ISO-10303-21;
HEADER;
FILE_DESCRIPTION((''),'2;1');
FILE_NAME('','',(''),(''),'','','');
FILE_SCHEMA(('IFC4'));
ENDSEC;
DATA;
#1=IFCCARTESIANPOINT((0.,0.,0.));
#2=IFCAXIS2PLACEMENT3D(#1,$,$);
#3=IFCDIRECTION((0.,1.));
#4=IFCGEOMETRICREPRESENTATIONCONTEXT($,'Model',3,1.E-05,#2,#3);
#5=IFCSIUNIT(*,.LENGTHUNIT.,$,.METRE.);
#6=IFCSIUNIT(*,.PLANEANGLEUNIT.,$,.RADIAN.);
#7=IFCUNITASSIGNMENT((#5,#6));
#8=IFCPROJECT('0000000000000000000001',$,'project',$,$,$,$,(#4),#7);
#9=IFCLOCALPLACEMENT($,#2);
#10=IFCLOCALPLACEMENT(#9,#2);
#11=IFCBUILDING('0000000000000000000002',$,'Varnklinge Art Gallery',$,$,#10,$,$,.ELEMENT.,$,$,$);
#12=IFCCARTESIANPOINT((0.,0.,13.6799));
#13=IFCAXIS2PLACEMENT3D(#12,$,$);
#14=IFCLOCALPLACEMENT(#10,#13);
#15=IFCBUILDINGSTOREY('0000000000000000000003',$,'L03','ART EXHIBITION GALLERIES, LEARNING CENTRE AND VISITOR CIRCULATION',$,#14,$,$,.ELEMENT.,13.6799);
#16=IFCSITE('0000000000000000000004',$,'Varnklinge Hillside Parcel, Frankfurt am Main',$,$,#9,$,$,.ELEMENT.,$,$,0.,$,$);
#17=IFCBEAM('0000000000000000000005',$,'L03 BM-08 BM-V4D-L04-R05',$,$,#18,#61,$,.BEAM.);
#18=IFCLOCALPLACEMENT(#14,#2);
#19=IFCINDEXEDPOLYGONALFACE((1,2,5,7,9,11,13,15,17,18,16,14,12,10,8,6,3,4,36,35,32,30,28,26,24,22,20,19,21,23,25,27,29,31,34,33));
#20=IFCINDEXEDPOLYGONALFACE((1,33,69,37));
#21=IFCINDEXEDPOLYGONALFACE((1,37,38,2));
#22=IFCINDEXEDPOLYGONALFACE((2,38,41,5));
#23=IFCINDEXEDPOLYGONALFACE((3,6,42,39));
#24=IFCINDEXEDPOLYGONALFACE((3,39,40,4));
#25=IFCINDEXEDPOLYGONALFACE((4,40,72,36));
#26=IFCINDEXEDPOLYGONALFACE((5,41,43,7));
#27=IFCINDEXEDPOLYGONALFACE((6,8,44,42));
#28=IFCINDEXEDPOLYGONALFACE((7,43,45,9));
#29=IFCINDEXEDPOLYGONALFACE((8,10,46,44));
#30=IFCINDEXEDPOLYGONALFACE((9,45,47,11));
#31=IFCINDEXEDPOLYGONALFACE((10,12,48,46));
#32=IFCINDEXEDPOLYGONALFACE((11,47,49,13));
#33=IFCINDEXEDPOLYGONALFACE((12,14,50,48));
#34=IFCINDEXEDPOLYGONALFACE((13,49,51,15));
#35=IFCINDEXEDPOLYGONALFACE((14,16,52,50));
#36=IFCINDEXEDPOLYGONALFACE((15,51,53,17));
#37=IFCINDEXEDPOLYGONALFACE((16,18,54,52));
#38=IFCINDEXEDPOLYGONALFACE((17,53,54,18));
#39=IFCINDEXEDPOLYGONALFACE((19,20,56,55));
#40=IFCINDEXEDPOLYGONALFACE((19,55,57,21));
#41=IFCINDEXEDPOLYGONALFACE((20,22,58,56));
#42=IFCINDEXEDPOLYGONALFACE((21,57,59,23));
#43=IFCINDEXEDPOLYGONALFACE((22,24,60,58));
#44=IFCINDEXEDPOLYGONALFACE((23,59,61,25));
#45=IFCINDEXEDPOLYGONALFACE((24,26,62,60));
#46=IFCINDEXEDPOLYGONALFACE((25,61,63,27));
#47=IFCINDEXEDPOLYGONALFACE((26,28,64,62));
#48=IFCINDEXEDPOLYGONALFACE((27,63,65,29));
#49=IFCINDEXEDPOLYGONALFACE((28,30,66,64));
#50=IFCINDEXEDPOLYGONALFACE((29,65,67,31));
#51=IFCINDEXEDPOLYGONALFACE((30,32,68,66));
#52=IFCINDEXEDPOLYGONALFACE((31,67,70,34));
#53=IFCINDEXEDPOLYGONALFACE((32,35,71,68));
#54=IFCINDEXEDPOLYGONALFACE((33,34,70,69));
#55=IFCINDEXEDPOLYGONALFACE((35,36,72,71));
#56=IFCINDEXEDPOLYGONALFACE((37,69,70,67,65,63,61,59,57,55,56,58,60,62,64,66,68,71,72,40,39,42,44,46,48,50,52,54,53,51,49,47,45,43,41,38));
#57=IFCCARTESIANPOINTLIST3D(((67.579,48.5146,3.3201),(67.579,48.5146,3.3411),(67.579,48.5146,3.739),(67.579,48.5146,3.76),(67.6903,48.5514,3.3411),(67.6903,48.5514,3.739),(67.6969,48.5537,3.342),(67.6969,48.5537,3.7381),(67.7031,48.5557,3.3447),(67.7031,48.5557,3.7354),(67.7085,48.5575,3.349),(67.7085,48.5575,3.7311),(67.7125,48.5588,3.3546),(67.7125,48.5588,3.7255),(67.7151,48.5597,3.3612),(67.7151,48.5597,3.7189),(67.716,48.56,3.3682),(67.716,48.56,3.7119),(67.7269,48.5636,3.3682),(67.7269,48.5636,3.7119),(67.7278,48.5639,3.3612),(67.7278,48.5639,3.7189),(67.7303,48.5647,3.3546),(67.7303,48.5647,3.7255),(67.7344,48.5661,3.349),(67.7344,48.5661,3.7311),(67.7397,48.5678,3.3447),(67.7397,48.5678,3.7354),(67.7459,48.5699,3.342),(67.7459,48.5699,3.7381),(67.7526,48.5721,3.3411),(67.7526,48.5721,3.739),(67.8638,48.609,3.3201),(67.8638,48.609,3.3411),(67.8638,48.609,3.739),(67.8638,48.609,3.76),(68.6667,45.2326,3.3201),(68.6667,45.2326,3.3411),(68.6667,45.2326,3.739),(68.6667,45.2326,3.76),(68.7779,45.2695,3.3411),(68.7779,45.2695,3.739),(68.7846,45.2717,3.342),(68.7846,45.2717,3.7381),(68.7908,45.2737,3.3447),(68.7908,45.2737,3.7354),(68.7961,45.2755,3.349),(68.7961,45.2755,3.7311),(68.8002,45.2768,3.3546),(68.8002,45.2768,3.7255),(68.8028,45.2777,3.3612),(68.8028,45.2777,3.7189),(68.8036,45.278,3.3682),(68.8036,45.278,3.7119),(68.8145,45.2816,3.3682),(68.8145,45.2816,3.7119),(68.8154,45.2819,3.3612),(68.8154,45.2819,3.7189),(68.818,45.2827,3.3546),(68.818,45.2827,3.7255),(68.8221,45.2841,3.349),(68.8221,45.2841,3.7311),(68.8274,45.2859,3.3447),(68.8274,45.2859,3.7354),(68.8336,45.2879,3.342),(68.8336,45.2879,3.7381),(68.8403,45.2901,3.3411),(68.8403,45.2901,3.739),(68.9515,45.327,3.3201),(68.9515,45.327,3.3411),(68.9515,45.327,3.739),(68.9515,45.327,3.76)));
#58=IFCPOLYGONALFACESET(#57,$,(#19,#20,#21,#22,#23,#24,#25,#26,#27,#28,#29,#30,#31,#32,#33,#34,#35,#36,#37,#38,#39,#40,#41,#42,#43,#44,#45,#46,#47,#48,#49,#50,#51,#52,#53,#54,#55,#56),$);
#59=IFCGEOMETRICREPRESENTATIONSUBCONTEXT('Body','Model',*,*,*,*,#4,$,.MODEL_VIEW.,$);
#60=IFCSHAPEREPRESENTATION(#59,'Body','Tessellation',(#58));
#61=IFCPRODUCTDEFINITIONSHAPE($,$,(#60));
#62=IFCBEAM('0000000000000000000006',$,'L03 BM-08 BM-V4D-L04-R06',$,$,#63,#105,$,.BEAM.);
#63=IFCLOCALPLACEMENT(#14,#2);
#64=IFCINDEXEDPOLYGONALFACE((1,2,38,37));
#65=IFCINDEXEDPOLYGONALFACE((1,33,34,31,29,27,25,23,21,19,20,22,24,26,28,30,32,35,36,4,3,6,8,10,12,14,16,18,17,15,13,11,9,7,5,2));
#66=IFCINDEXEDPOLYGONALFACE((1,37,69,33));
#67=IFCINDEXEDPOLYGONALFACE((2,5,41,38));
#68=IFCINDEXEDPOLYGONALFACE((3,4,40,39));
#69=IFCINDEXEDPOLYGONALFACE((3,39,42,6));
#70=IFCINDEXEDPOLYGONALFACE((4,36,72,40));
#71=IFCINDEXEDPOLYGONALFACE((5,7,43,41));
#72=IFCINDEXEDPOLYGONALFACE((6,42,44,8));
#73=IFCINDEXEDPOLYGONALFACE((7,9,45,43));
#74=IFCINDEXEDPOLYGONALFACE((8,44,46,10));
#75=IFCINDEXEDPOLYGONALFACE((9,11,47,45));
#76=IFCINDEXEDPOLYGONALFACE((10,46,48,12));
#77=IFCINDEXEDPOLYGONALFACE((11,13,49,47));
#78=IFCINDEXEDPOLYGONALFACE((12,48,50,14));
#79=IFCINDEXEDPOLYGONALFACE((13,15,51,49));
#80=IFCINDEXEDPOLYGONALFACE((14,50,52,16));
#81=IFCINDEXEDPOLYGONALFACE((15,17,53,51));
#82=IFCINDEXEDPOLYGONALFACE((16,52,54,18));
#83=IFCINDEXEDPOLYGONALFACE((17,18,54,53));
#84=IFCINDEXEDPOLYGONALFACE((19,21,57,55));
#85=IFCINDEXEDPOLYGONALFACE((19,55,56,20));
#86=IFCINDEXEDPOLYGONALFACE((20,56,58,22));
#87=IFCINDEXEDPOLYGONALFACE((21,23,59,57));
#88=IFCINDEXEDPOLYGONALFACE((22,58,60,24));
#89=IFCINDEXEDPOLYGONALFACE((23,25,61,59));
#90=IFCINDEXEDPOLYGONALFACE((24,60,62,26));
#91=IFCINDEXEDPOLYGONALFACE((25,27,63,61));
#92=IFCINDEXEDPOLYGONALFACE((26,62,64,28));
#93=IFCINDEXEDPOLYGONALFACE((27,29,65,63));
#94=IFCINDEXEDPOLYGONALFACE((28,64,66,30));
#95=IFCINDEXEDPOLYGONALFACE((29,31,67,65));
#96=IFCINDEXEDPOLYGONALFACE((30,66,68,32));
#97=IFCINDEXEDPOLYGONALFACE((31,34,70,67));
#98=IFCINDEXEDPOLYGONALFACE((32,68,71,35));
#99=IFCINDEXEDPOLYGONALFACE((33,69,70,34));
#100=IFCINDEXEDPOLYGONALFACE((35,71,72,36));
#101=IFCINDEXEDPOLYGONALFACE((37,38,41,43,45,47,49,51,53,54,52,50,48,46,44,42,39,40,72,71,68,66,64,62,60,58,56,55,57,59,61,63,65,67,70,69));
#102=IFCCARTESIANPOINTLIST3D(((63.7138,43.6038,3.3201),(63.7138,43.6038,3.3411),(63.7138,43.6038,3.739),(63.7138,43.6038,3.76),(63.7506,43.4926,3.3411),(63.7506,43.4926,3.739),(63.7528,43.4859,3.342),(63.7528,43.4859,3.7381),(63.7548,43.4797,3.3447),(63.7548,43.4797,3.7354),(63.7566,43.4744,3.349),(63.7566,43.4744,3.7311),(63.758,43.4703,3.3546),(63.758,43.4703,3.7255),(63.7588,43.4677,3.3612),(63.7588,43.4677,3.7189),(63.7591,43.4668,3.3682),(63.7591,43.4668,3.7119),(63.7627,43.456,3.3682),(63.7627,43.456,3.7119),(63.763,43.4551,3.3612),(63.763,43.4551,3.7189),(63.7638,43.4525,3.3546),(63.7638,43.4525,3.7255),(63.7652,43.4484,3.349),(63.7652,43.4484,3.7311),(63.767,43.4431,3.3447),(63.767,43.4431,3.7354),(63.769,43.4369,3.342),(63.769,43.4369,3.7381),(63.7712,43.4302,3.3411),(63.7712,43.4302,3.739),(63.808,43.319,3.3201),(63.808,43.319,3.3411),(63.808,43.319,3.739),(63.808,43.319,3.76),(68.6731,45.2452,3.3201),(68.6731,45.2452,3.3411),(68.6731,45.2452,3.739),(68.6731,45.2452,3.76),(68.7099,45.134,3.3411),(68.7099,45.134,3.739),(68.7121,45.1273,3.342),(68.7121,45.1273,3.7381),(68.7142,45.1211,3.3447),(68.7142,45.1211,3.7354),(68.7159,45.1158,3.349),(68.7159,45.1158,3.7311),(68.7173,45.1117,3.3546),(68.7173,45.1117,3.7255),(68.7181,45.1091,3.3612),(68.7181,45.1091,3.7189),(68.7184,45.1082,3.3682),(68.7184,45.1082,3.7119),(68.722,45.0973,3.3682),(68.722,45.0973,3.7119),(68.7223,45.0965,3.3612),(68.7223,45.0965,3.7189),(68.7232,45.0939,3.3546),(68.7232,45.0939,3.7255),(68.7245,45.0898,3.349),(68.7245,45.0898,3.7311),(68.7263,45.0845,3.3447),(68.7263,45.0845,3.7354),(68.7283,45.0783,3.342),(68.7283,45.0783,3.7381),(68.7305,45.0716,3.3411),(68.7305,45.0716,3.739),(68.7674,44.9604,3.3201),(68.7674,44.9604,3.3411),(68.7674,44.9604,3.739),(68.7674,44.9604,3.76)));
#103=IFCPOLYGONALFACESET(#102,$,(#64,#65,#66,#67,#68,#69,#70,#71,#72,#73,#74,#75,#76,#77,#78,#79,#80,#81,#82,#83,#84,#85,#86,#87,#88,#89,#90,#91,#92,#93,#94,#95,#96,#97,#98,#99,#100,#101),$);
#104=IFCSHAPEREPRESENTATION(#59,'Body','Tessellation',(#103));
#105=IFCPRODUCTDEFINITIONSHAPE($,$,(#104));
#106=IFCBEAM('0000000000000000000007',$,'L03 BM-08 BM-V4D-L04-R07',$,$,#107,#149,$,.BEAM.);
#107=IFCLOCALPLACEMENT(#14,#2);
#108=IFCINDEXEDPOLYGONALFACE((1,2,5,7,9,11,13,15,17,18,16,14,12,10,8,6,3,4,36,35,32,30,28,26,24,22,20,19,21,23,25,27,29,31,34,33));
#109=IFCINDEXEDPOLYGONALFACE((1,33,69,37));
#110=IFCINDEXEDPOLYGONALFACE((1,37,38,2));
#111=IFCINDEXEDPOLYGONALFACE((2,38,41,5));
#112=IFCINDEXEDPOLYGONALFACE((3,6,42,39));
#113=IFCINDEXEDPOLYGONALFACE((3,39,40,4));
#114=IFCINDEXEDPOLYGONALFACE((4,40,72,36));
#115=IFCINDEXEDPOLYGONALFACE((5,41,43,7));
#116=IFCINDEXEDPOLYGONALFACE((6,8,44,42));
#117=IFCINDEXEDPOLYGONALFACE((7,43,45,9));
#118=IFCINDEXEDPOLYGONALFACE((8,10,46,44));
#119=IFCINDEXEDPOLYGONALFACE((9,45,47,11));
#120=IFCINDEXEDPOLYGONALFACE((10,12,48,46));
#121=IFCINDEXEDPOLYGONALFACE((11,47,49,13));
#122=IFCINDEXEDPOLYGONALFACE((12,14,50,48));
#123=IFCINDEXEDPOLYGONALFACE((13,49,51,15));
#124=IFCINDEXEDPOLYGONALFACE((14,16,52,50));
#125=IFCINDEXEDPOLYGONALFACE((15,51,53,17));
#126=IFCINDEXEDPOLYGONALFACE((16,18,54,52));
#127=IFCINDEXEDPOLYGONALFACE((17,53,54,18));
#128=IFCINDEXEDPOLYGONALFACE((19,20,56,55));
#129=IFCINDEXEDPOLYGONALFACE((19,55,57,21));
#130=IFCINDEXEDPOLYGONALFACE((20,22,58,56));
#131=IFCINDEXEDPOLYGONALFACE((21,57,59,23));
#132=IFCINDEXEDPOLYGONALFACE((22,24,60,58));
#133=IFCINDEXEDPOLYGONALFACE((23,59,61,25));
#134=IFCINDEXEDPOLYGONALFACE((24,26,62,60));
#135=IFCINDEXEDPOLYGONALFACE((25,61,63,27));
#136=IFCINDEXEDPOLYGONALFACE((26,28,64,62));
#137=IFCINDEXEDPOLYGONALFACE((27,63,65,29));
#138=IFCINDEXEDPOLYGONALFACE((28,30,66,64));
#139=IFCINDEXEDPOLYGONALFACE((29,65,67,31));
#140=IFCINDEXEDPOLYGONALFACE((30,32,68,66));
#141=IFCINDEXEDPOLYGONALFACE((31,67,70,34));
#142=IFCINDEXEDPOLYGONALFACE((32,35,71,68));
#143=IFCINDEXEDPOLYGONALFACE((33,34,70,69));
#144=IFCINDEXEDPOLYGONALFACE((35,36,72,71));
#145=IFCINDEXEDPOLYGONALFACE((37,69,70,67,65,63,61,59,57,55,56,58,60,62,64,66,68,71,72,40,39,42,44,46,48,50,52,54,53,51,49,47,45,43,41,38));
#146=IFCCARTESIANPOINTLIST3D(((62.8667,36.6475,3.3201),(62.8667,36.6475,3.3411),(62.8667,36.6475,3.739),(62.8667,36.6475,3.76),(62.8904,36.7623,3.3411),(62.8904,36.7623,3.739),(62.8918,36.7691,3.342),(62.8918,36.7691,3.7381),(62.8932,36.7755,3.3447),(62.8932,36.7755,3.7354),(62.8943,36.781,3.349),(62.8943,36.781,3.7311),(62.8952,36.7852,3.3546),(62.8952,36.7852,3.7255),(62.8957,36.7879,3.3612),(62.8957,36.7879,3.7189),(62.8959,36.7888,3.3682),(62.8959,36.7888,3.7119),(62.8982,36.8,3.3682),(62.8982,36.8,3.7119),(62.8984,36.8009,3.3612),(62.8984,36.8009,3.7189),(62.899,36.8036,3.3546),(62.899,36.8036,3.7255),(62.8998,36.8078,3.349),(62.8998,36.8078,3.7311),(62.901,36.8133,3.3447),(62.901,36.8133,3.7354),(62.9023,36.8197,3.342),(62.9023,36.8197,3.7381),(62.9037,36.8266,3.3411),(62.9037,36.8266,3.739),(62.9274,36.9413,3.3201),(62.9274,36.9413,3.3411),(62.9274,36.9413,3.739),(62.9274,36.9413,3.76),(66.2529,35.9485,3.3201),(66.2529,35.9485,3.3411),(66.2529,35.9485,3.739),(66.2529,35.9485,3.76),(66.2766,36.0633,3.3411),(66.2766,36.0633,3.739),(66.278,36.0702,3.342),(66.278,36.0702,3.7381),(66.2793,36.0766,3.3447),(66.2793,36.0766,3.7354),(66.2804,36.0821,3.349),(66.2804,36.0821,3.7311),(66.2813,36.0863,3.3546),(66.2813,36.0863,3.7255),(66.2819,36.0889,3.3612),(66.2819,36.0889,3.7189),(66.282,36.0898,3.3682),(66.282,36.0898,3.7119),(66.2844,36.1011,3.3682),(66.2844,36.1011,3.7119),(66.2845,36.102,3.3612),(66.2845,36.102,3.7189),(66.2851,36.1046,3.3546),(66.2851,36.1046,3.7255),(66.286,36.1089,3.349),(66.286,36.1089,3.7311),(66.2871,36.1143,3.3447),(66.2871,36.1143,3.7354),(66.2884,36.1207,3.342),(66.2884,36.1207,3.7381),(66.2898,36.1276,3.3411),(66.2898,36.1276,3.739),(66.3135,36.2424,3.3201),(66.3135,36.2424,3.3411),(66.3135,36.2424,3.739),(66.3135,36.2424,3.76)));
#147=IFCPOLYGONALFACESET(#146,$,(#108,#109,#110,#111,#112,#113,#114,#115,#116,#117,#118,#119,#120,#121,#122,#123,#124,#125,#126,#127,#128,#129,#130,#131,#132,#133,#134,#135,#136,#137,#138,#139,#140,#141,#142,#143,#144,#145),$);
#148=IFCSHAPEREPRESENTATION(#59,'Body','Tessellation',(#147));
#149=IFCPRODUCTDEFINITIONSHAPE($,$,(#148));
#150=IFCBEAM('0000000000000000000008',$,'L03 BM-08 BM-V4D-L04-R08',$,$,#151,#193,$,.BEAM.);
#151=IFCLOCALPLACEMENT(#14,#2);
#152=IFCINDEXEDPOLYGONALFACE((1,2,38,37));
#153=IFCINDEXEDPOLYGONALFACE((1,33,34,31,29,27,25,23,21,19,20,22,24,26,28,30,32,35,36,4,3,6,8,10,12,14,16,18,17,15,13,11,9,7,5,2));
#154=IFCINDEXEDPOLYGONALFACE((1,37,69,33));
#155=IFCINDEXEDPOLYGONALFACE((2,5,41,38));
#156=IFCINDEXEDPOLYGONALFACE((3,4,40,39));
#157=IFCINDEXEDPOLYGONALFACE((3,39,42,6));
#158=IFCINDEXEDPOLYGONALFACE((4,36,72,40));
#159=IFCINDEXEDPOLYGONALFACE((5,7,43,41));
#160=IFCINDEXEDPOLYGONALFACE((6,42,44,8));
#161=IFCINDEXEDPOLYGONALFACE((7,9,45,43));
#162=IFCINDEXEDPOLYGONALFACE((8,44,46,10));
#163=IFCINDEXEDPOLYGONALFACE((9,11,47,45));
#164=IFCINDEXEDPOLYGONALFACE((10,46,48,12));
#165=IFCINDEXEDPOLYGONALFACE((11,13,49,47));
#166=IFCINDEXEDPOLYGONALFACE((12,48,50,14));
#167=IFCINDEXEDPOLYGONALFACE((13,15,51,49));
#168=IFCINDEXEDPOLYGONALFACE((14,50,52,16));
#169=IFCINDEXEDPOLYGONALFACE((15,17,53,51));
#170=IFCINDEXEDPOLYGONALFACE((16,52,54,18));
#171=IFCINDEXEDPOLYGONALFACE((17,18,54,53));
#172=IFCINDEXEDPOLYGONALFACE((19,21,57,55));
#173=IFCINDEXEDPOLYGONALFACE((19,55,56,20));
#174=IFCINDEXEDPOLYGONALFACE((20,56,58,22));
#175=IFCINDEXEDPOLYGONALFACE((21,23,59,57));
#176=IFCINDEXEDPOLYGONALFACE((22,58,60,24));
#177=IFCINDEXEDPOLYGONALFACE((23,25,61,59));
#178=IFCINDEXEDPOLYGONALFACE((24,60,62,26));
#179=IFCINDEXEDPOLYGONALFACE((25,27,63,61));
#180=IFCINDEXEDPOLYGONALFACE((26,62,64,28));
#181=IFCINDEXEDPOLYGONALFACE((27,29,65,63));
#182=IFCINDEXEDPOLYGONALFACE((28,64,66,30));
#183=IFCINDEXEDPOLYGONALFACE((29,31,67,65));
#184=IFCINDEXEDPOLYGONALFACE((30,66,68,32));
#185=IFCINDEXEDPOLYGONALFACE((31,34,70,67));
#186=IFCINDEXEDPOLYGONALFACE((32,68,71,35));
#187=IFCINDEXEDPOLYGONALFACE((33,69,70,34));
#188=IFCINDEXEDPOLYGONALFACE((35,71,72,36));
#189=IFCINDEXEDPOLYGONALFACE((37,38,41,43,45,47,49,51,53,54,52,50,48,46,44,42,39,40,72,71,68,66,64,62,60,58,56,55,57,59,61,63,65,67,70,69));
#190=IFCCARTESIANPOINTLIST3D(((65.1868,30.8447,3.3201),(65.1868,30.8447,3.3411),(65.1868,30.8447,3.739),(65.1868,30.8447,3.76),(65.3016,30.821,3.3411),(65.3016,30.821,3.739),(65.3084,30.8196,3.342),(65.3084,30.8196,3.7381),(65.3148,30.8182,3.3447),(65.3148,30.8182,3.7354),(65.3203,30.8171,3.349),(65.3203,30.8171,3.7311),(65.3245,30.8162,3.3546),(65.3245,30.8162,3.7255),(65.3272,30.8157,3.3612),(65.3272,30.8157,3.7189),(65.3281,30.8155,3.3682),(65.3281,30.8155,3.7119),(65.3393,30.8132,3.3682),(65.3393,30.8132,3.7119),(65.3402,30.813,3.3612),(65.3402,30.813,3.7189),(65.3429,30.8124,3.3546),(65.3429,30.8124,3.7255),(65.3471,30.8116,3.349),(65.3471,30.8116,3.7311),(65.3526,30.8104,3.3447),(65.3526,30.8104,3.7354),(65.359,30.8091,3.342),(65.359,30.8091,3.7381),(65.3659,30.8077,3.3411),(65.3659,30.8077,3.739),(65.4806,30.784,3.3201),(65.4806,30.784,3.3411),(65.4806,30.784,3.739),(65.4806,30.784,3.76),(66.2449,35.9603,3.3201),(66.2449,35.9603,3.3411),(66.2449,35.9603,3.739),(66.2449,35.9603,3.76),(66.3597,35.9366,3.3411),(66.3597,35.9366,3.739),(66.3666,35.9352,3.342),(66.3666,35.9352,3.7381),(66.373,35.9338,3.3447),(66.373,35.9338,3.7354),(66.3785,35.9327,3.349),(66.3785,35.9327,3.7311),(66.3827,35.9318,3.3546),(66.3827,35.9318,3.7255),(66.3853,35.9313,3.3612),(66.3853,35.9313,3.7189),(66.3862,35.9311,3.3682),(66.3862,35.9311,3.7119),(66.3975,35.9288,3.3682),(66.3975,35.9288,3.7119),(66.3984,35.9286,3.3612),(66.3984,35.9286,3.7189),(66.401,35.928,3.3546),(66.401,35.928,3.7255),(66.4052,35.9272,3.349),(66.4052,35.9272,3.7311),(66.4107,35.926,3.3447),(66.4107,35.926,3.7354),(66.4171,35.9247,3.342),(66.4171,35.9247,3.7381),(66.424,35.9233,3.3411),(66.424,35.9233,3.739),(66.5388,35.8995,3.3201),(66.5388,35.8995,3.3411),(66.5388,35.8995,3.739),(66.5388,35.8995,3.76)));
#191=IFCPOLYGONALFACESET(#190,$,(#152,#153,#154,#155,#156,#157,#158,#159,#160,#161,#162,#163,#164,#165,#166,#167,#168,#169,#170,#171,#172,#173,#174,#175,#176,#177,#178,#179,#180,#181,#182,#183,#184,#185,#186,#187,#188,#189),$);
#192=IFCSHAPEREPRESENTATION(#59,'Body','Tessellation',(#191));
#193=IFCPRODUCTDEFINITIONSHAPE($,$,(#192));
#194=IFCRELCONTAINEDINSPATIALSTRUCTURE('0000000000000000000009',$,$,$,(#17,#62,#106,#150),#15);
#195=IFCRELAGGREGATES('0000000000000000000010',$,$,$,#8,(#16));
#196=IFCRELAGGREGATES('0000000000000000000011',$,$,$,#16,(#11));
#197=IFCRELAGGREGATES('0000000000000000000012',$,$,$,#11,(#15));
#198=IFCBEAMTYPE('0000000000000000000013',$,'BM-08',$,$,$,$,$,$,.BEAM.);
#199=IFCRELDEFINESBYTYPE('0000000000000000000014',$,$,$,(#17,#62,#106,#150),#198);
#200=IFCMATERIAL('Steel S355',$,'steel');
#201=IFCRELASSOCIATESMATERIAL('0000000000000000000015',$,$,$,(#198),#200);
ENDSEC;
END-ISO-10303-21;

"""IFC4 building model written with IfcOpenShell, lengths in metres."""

from ifc_helpers import new_model, si_unit, direction, frame, origin, origin_2d, place, context, subcontext, project, spatial, i_section, extrude, material, material_profile, profile_set, type_object, element, save


model = new_model("IFC4")

# Units and contexts
model_context = context("Model", 3, precision=1e-05, world=origin(), true_north=direction((0.0, 1.0)))
body_context = subcontext(model_context, "Body", "Model", "MODEL_VIEW")
ifc_project = project(units=[si_unit("LENGTHUNIT", "METRE"), si_unit("PLANEANGLEUNIT", "RADIAN")], contexts=[model_context])

# Site, building, storey
site_placement = place(None, origin())
site = spatial("IfcSite", under=ifc_project, at=site_placement, Name="Varnklinge Hillside Parcel, Frankfurt am Main", CompositionType="ELEMENT", RefElevation=0.0)
building_placement = place(site_placement, origin())
building = spatial("IfcBuilding", under=site, at=building_placement, Name="Varnklinge Art Gallery", CompositionType="ELEMENT")
storey_placement = place(building_placement, frame((0.0, 0.0, 13.6799)))
storey = spatial("IfcBuildingStorey", under=building, at=storey_placement, Name="L03", Description="ART EXHIBITION GALLERIES, LEARNING CENTRE AND VISITOR CIRCULATION", CompositionType="ELEMENT", Elevation=13.6799)

# Beams
ifc_material_1 = material(Name="Steel S355", Category="steel")
ifc_material_profile_1 = material_profile(ifc_material_1, i_section(OverallWidth=0.3, OverallDepth=0.4399, WebThickness=0.0115, FlangeThickness=0.021, FilletRadius=0.0271, at=origin_2d()), Name="HEA 450")
ifc_profile_set_1 = profile_set([ifc_material_profile_1], Name="Steel S355")
beam_type_1 = type_object("IfcBeamType", Name="BM-08", PredefinedType="BEAM", material=ifc_profile_set_1)
beam_1_placement = place(storey_placement, frame((68.8091, 45.2798, 3.54), z_axis=(-0.314575, 0.949233, 0.0), x_axis=(-0.949233, -0.314575, 0.0)))
element("IfcBeam", 1, at=beam_1_placement, inside=storey, type_object=beam_type_1, Name="L03 BM-08 BM-V4D-L04-R05", PredefinedType="BEAM", context=body_context, shape_type="SweptSolid", body=[
    extrude(i_section(OverallWidth=0.3, OverallDepth=0.4399, WebThickness=0.0115, FlangeThickness=0.021, FilletRadius=0.0271, at=origin_2d()), origin(), (0.0, 0.0, 1.0), 3.4575),
])
beam_2_placement = place(storey_placement, frame((68.7202, 45.1028, 3.54), z_axis=(-0.949354, -0.314208, 0.0), x_axis=(0.314208, -0.949354, 0.0)))
element("IfcBeam", 2, at=beam_2_placement, inside=storey, type_object=beam_type_1, Name="L03 BM-08 BM-V4D-L04-R06", PredefinedType="BEAM", context=body_context, shape_type="SweptSolid", body=[
    extrude(i_section(OverallWidth=0.3, OverallDepth=0.4399, WebThickness=0.0115, FlangeThickness=0.021, FilletRadius=0.0271, at=origin_2d()), origin(), (0.0, 0.0, 1.0), 5.2239),
])
beam_3_placement = place(storey_placement, frame((66.2832, 36.0955, 3.54), z_axis=(-0.979354, 0.202155, 0.0), x_axis=(-0.202155, -0.979354, 0.0)))
element("IfcBeam", 3, at=beam_3_placement, inside=storey, type_object=beam_type_1, Name="L03 BM-08 BM-V4D-L04-R07", PredefinedType="BEAM", context=body_context, shape_type="SweptSolid", body=[
    extrude(i_section(OverallWidth=0.3, OverallDepth=0.4399, WebThickness=0.0115, FlangeThickness=0.021, FilletRadius=0.0271, at=origin_2d()), origin(), (0.0, 0.0, 1.0), 3.4575),
])
beam_4_placement = place(storey_placement, frame((66.3918, 35.9299, 3.54), z_axis=(-0.202556, -0.979271, 0.0), x_axis=(0.979271, -0.202556, 0.0)))
element("IfcBeam", 4, at=beam_4_placement, inside=storey, type_object=beam_type_1, Name="L03 BM-08 BM-V4D-L04-R08", PredefinedType="BEAM", context=body_context, shape_type="SweptSolid", body=[
    extrude(i_section(OverallWidth=0.3, OverallDepth=0.4399, WebThickness=0.0115, FlangeThickness=0.021, FilletRadius=0.0271, at=origin_2d()), origin(), (0.0, 0.0, 1.0), 5.2239),
])

save(model, "model.ifc")
